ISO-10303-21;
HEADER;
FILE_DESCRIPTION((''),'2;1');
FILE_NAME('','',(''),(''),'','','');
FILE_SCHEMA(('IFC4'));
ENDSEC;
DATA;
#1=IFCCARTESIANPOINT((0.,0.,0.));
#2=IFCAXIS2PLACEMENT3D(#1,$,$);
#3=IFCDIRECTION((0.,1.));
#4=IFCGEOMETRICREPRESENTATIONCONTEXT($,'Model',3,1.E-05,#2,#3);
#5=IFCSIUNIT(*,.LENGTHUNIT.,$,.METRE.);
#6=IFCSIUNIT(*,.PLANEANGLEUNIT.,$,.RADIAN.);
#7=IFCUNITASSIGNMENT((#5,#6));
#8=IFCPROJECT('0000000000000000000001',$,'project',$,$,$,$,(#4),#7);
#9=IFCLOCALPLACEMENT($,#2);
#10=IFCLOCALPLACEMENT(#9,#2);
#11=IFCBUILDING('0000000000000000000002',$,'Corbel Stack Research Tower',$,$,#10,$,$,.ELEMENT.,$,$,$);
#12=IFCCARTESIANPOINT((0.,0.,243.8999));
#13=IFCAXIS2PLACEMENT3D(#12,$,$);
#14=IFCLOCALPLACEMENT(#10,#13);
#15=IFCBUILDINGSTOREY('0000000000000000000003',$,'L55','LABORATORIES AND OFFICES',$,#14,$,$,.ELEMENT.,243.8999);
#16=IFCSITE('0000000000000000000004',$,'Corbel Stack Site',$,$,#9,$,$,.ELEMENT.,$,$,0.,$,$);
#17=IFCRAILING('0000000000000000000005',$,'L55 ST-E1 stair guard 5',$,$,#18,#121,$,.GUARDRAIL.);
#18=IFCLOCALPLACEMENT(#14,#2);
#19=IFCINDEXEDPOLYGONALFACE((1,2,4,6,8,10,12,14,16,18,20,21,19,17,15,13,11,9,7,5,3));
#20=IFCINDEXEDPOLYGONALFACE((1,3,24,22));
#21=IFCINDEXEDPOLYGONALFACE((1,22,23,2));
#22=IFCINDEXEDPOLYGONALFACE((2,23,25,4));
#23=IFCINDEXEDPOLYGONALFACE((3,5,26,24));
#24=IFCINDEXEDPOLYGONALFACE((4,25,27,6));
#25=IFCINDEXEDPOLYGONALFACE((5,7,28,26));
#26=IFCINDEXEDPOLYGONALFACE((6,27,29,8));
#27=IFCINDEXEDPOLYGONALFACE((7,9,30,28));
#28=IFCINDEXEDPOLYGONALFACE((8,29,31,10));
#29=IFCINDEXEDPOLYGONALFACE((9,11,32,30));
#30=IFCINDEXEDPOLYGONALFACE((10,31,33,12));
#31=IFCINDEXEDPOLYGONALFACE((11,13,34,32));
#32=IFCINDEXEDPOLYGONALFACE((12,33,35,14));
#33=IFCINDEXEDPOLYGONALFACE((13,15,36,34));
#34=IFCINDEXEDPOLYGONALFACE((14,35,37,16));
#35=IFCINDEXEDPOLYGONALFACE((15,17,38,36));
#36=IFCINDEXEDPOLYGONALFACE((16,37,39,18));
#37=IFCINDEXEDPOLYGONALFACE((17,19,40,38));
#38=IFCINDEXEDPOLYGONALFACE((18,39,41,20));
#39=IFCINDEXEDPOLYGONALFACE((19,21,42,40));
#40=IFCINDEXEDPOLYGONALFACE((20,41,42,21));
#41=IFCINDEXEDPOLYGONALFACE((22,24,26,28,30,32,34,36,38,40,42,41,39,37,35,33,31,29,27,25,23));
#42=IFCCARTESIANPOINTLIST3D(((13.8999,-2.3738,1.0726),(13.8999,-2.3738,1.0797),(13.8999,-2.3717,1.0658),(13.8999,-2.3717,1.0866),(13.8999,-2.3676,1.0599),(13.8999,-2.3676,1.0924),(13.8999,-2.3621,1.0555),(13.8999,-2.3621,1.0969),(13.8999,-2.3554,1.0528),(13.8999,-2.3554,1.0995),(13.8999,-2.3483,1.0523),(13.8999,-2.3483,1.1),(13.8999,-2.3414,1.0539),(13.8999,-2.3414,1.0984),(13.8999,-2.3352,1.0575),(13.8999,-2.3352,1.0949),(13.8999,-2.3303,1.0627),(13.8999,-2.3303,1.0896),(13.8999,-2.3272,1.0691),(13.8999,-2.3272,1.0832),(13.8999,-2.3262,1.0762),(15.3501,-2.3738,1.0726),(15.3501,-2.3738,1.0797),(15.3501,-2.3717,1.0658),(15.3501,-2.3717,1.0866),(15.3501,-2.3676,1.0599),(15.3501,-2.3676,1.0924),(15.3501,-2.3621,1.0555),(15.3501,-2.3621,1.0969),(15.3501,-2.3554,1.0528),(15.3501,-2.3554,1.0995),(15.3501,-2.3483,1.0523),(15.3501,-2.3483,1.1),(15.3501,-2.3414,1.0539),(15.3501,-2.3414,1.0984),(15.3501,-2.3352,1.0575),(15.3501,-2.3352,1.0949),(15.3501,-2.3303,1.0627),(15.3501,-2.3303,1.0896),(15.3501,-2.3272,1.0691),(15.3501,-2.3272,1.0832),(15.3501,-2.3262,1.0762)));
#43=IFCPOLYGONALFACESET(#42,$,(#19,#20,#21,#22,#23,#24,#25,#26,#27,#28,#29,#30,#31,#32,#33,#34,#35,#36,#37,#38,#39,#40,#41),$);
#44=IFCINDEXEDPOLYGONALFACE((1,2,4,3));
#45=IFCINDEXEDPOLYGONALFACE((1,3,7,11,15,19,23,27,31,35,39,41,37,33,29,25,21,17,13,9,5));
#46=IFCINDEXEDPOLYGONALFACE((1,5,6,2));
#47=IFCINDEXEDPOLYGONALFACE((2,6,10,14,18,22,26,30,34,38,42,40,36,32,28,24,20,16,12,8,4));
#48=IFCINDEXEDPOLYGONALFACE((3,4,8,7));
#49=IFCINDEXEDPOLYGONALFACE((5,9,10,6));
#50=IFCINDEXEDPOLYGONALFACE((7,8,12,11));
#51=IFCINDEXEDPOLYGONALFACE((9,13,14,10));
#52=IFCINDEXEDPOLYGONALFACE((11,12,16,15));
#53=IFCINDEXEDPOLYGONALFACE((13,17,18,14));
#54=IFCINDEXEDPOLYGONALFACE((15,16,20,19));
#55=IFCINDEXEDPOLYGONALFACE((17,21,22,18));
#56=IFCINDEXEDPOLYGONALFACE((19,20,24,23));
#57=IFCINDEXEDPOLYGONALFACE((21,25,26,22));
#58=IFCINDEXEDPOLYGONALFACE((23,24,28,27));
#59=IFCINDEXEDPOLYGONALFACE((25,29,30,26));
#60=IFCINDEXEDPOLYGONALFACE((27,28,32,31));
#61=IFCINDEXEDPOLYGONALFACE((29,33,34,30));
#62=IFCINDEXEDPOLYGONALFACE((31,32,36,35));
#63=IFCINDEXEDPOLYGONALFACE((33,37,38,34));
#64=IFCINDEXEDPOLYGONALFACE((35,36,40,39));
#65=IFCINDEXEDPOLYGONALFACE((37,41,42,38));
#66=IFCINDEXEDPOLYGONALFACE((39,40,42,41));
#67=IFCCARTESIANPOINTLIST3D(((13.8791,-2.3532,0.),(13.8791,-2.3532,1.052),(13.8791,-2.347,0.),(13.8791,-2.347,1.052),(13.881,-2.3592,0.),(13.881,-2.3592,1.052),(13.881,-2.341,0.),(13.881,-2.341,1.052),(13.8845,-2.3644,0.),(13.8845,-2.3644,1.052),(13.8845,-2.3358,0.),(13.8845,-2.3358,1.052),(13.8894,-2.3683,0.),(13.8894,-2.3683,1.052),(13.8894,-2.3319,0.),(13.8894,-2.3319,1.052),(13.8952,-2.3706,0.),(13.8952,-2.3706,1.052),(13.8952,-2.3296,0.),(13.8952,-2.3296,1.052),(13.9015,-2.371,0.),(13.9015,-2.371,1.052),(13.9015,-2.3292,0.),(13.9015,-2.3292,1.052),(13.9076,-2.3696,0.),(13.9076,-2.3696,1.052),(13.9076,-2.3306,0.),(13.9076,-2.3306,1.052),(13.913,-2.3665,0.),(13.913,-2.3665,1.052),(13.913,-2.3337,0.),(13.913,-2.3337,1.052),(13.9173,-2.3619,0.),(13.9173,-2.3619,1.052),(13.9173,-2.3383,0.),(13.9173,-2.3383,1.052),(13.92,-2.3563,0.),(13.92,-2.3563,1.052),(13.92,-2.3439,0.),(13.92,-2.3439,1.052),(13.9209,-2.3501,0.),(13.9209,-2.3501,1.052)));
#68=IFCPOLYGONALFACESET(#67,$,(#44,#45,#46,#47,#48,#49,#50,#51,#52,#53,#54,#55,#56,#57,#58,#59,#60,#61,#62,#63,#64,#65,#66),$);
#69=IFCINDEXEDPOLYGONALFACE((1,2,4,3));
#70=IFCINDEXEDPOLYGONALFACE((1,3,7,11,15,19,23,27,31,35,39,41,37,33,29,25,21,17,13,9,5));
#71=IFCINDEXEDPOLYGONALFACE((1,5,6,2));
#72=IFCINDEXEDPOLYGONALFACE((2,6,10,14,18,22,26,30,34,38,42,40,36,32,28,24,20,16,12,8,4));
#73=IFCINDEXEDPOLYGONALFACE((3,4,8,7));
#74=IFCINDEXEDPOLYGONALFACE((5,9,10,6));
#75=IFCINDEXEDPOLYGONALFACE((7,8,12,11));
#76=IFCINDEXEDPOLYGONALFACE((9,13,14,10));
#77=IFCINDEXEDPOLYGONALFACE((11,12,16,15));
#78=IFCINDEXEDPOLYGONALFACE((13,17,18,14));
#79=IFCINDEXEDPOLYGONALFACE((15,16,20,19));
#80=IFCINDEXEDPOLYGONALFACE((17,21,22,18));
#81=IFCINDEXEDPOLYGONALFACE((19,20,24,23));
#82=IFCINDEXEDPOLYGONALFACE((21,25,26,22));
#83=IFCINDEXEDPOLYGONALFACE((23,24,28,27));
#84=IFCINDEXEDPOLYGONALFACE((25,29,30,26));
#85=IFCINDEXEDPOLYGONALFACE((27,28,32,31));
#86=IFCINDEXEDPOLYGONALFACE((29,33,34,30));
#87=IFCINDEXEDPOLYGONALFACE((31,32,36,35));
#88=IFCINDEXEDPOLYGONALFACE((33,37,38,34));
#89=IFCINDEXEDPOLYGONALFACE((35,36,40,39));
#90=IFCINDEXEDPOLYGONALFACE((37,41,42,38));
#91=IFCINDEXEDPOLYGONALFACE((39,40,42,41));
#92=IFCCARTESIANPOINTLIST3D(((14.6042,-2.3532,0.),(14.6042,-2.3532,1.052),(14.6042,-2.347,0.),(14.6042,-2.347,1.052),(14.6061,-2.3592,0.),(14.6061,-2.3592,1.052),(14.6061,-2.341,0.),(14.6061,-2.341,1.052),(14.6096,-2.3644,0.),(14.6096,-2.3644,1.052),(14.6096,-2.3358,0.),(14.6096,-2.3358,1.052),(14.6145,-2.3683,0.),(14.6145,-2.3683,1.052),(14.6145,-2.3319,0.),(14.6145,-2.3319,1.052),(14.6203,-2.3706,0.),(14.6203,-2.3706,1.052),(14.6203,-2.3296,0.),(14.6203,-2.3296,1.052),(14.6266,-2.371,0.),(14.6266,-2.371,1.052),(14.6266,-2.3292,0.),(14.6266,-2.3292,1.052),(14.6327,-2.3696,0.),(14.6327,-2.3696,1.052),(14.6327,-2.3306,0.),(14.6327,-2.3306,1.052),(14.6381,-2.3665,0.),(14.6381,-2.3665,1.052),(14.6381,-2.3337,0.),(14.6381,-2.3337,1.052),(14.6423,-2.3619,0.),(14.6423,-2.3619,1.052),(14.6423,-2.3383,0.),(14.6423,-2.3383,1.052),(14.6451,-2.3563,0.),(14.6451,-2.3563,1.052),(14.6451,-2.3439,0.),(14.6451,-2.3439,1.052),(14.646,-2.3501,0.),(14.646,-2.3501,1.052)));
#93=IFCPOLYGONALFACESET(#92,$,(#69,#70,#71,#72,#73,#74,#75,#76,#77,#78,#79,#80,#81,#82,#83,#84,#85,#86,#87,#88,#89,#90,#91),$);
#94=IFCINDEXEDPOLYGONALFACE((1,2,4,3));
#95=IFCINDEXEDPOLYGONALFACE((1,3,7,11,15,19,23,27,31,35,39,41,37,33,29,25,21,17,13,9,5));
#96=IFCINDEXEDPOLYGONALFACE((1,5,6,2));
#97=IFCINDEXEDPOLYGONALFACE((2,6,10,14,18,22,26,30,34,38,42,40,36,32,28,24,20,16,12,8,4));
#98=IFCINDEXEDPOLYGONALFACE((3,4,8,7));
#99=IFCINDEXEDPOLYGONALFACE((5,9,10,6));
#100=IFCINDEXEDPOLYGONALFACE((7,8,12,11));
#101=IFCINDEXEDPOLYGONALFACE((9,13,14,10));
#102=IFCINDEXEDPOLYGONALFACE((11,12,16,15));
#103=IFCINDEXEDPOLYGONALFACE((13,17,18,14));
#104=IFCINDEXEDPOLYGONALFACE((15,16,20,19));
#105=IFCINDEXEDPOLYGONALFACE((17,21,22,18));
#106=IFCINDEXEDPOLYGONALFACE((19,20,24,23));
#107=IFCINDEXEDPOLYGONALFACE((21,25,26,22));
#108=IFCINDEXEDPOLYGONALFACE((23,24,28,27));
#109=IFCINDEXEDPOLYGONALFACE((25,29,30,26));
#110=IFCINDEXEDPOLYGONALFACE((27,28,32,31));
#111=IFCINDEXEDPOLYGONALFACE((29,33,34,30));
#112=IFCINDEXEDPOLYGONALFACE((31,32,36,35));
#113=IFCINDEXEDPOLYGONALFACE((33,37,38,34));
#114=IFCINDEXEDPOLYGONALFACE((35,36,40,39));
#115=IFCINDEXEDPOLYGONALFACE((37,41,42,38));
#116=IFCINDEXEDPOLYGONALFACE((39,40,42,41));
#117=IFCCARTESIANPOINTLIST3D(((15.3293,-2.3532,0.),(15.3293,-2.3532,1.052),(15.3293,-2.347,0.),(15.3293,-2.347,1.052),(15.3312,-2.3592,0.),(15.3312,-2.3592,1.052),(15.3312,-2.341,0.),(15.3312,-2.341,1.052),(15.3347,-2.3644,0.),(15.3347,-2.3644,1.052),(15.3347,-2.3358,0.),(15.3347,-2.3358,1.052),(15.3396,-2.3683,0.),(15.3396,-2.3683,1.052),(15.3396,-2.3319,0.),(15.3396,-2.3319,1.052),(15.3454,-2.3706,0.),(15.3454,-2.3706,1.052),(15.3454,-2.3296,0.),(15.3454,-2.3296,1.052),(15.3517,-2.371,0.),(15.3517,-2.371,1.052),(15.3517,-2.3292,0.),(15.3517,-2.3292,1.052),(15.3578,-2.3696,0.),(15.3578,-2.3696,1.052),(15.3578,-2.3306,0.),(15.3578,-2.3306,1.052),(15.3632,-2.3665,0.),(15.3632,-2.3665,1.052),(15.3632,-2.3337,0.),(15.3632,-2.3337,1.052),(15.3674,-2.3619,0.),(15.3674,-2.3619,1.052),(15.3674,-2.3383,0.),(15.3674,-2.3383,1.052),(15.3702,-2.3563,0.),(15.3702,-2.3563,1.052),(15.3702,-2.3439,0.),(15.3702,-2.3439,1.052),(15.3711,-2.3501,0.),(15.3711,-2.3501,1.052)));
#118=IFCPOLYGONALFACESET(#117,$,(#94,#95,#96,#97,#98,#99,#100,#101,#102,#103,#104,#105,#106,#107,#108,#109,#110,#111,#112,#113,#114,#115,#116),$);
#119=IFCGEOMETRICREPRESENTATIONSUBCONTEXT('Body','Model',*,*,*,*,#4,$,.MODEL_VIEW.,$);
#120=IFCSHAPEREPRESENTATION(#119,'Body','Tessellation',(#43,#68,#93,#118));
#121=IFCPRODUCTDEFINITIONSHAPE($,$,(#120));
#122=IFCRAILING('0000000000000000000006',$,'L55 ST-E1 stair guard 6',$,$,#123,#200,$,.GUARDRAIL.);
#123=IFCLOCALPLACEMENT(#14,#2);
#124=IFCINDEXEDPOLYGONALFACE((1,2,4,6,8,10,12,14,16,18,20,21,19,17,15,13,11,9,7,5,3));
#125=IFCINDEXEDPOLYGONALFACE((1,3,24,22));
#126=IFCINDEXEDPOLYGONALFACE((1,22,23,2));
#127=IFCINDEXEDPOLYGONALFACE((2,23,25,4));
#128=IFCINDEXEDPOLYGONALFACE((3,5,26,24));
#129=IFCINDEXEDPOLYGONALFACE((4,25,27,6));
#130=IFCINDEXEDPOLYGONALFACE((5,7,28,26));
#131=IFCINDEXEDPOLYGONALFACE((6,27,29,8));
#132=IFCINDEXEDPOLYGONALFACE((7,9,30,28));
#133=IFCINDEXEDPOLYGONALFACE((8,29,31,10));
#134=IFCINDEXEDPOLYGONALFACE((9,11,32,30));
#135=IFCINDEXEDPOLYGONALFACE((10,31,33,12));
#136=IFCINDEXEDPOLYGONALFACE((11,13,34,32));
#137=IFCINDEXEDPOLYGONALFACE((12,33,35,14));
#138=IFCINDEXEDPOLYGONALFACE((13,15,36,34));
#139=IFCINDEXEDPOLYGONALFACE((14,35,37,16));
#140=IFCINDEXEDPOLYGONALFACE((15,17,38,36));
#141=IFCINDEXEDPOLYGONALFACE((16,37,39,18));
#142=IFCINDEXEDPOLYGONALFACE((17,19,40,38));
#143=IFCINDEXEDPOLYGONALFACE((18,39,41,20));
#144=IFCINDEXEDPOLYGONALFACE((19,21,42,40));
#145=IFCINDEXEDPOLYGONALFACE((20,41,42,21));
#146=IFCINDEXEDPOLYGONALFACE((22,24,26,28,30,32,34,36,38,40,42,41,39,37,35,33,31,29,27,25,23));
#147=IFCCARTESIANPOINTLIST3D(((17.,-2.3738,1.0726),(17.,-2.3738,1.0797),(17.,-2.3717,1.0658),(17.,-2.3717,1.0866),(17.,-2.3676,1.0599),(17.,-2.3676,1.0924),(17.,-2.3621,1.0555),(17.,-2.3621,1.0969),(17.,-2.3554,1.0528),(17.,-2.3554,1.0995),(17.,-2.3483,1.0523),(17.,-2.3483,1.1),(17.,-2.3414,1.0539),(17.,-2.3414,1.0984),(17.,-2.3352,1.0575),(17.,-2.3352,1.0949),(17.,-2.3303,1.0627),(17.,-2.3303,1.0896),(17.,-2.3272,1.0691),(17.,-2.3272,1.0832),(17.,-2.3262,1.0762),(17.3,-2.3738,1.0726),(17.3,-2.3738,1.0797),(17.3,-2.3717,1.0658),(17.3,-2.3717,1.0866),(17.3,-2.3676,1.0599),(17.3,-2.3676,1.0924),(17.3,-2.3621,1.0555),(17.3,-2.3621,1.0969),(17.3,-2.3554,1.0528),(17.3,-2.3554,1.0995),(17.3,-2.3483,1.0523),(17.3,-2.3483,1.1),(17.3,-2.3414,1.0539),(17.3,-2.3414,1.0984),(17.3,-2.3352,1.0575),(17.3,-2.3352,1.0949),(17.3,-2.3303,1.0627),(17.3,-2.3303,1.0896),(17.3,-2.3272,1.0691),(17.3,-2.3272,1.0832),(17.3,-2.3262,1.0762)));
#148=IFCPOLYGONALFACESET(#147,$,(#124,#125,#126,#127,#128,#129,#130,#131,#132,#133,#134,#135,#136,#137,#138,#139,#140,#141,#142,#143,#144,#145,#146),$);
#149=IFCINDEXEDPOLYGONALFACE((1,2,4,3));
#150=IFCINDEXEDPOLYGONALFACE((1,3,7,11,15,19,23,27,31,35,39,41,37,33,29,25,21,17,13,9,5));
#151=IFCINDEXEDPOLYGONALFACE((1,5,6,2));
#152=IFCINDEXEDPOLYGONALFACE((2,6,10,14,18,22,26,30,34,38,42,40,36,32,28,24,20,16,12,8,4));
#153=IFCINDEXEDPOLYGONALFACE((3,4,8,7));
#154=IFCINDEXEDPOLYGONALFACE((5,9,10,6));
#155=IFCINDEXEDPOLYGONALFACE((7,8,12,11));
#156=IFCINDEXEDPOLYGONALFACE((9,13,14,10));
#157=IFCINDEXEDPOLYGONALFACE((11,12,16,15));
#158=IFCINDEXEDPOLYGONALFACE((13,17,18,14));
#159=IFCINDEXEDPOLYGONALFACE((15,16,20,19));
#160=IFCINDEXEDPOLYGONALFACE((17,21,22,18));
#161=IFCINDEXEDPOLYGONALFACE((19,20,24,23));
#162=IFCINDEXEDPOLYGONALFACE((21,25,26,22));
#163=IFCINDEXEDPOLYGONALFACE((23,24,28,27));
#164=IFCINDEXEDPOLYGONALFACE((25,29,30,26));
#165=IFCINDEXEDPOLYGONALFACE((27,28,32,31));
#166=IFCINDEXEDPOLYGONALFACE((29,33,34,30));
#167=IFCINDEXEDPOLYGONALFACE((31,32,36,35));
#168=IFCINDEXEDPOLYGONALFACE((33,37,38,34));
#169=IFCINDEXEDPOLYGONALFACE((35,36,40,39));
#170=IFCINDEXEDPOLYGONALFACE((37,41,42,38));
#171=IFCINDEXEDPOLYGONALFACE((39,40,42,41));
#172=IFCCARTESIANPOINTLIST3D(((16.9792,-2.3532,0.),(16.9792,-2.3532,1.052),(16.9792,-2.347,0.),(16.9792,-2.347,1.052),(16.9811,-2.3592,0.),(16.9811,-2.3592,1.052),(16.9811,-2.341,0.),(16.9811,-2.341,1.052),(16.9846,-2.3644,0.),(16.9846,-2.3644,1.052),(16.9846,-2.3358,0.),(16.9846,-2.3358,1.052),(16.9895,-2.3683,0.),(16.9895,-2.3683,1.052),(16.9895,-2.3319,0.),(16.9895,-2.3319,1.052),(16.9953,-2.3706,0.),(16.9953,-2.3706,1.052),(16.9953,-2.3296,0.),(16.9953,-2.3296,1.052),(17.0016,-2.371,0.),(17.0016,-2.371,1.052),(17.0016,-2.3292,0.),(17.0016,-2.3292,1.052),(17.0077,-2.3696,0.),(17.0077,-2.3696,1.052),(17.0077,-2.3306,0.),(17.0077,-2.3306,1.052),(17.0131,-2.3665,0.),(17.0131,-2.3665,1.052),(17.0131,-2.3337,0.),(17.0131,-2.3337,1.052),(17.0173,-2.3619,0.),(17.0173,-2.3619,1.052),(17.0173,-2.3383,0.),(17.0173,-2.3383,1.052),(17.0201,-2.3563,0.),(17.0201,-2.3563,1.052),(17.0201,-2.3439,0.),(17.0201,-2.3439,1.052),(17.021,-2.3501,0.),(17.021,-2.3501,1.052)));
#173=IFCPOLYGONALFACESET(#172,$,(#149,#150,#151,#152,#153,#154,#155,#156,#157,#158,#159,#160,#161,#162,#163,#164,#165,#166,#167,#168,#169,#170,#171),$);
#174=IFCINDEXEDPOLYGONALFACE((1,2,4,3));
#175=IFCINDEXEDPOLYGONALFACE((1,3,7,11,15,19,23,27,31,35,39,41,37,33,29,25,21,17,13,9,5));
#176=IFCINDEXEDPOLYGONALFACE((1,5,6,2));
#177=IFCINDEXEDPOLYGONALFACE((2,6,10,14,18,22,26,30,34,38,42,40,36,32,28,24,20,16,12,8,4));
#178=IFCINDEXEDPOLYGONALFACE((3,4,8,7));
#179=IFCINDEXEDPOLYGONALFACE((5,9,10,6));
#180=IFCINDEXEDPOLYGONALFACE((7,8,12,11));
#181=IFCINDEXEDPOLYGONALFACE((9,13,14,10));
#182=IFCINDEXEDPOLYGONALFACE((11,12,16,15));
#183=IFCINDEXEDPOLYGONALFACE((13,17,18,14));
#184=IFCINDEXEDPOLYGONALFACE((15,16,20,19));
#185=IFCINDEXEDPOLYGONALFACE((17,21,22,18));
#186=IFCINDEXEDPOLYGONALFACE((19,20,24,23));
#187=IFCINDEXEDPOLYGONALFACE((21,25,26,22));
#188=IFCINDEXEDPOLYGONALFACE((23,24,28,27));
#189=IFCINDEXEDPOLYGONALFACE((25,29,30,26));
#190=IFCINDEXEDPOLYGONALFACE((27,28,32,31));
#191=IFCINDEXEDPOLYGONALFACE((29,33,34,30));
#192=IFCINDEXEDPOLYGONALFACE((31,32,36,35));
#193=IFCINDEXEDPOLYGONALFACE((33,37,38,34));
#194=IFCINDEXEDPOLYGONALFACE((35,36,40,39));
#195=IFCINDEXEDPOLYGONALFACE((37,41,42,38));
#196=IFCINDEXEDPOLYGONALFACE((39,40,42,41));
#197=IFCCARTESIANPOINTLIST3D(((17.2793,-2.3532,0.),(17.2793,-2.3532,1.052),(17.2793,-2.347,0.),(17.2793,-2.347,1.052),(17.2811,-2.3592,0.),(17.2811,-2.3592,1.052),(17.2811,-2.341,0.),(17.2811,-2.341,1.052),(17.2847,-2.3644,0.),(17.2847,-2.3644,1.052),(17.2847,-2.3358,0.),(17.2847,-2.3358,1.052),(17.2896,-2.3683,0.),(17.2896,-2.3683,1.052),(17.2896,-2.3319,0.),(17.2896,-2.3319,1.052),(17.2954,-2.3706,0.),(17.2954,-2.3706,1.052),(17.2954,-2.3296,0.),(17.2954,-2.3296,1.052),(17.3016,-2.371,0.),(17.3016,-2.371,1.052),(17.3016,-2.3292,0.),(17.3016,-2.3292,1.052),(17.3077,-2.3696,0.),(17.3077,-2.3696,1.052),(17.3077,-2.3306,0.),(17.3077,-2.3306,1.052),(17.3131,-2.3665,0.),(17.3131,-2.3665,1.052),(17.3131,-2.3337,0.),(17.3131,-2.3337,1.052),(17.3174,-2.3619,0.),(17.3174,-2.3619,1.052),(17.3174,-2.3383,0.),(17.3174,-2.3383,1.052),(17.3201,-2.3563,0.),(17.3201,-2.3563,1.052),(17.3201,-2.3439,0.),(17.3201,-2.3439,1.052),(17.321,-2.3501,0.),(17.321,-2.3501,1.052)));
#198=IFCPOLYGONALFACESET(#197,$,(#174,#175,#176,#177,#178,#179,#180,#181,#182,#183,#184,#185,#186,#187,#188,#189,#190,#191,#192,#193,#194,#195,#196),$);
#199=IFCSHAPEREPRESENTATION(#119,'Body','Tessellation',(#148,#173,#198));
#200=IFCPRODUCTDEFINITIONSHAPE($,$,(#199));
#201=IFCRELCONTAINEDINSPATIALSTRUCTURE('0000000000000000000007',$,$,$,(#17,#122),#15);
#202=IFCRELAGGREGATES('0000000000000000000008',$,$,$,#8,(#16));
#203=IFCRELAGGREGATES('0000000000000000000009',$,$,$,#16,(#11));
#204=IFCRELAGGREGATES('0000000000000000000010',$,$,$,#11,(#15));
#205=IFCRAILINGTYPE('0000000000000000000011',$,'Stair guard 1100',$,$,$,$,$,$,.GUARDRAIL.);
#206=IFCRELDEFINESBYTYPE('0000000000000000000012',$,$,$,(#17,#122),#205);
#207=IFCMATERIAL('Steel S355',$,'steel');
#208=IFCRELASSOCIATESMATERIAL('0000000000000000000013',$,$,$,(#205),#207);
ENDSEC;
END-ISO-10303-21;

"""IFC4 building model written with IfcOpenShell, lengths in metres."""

from ifc_helpers import new_model, si_unit, direction, frame, origin, origin_2d, place, context, subcontext, project, spatial, circle, extrude, material, type_object, element, save


model = new_model("IFC4")

# Units and contexts
model_context = context("Model", 3, precision=1e-05, world=origin(), true_north=direction((0.0, 1.0)))
body_context = subcontext(model_context, "Body", "Model", "MODEL_VIEW")
ifc_project = project(units=[si_unit("LENGTHUNIT", "METRE"), si_unit("PLANEANGLEUNIT", "RADIAN")], contexts=[model_context])

# Site, building, storey
site_placement = place(None, origin())
site = spatial("IfcSite", under=ifc_project, at=site_placement, Name="Corbel Stack Site", CompositionType="ELEMENT", RefElevation=0.0)
building_placement = place(site_placement, origin())
building = spatial("IfcBuilding", under=site, at=building_placement, Name="Corbel Stack Research Tower", CompositionType="ELEMENT")
storey_placement = place(building_placement, frame((0.0, 0.0, 243.8999)))
storey = spatial("IfcBuildingStorey", under=building, at=storey_placement, Name="L55", Description="LABORATORIES AND OFFICES", CompositionType="ELEMENT", Elevation=243.8999)

# Railings
ifc_material_1 = material(Name="Steel S355", Category="steel")
railing_type_1 = type_object("IfcRailingType", Name="Stair guard 1100", PredefinedType="GUARDRAIL", material=ifc_material_1)
railing_1_placement = place(storey_placement, frame((13.8999, -2.3501, 0.0)))
element("IfcRailing", 1, at=railing_1_placement, inside=storey, type_object=railing_type_1, Name="L55 ST-E1 stair guard 5", PredefinedType="GUARDRAIL", context=body_context, shape_type="SweptSolid", body=[
    extrude(circle(Radius=0.0239, at=origin_2d()), frame((0.0, 0.0, 1.0762), z_axis=(1.0, 0.0, 0.0), x_axis=(0.0, 1.0, 0.0)), (0.0, 0.0, 1.0), 1.4502),
    extrude(circle(Radius=0.021, at=origin_2d()), origin(), (0.0, 0.0, 1.0), 1.052),
    extrude(circle(Radius=0.021, at=origin_2d()), frame((0.7251, 0.0, 0.0)), (0.0, 0.0, 1.0), 1.052),
    extrude(circle(Radius=0.021, at=origin_2d()), frame((1.4502, 0.0, 0.0)), (0.0, 0.0, 1.0), 1.052),
])
railing_2_placement = place(storey_placement, frame((17.0, -2.3501, 0.0)))
element("IfcRailing", 2, at=railing_2_placement, inside=storey, type_object=railing_type_1, Name="L55 ST-E1 stair guard 6", PredefinedType="GUARDRAIL", context=body_context, shape_type="SweptSolid", body=[
    extrude(circle(Radius=0.0239, at=origin_2d()), frame((0.0, 0.0, 1.0762), z_axis=(1.0, 0.0, 0.0), x_axis=(0.0, 1.0, 0.0)), (0.0, 0.0, 1.0), 0.3),
    extrude(circle(Radius=0.021, at=origin_2d()), origin(), (0.0, 0.0, 1.0), 1.052),
    extrude(circle(Radius=0.021, at=origin_2d()), frame((0.3, 0.0, 0.0)), (0.0, 0.0, 1.0), 1.052),
])

save(model, "model.ifc")
